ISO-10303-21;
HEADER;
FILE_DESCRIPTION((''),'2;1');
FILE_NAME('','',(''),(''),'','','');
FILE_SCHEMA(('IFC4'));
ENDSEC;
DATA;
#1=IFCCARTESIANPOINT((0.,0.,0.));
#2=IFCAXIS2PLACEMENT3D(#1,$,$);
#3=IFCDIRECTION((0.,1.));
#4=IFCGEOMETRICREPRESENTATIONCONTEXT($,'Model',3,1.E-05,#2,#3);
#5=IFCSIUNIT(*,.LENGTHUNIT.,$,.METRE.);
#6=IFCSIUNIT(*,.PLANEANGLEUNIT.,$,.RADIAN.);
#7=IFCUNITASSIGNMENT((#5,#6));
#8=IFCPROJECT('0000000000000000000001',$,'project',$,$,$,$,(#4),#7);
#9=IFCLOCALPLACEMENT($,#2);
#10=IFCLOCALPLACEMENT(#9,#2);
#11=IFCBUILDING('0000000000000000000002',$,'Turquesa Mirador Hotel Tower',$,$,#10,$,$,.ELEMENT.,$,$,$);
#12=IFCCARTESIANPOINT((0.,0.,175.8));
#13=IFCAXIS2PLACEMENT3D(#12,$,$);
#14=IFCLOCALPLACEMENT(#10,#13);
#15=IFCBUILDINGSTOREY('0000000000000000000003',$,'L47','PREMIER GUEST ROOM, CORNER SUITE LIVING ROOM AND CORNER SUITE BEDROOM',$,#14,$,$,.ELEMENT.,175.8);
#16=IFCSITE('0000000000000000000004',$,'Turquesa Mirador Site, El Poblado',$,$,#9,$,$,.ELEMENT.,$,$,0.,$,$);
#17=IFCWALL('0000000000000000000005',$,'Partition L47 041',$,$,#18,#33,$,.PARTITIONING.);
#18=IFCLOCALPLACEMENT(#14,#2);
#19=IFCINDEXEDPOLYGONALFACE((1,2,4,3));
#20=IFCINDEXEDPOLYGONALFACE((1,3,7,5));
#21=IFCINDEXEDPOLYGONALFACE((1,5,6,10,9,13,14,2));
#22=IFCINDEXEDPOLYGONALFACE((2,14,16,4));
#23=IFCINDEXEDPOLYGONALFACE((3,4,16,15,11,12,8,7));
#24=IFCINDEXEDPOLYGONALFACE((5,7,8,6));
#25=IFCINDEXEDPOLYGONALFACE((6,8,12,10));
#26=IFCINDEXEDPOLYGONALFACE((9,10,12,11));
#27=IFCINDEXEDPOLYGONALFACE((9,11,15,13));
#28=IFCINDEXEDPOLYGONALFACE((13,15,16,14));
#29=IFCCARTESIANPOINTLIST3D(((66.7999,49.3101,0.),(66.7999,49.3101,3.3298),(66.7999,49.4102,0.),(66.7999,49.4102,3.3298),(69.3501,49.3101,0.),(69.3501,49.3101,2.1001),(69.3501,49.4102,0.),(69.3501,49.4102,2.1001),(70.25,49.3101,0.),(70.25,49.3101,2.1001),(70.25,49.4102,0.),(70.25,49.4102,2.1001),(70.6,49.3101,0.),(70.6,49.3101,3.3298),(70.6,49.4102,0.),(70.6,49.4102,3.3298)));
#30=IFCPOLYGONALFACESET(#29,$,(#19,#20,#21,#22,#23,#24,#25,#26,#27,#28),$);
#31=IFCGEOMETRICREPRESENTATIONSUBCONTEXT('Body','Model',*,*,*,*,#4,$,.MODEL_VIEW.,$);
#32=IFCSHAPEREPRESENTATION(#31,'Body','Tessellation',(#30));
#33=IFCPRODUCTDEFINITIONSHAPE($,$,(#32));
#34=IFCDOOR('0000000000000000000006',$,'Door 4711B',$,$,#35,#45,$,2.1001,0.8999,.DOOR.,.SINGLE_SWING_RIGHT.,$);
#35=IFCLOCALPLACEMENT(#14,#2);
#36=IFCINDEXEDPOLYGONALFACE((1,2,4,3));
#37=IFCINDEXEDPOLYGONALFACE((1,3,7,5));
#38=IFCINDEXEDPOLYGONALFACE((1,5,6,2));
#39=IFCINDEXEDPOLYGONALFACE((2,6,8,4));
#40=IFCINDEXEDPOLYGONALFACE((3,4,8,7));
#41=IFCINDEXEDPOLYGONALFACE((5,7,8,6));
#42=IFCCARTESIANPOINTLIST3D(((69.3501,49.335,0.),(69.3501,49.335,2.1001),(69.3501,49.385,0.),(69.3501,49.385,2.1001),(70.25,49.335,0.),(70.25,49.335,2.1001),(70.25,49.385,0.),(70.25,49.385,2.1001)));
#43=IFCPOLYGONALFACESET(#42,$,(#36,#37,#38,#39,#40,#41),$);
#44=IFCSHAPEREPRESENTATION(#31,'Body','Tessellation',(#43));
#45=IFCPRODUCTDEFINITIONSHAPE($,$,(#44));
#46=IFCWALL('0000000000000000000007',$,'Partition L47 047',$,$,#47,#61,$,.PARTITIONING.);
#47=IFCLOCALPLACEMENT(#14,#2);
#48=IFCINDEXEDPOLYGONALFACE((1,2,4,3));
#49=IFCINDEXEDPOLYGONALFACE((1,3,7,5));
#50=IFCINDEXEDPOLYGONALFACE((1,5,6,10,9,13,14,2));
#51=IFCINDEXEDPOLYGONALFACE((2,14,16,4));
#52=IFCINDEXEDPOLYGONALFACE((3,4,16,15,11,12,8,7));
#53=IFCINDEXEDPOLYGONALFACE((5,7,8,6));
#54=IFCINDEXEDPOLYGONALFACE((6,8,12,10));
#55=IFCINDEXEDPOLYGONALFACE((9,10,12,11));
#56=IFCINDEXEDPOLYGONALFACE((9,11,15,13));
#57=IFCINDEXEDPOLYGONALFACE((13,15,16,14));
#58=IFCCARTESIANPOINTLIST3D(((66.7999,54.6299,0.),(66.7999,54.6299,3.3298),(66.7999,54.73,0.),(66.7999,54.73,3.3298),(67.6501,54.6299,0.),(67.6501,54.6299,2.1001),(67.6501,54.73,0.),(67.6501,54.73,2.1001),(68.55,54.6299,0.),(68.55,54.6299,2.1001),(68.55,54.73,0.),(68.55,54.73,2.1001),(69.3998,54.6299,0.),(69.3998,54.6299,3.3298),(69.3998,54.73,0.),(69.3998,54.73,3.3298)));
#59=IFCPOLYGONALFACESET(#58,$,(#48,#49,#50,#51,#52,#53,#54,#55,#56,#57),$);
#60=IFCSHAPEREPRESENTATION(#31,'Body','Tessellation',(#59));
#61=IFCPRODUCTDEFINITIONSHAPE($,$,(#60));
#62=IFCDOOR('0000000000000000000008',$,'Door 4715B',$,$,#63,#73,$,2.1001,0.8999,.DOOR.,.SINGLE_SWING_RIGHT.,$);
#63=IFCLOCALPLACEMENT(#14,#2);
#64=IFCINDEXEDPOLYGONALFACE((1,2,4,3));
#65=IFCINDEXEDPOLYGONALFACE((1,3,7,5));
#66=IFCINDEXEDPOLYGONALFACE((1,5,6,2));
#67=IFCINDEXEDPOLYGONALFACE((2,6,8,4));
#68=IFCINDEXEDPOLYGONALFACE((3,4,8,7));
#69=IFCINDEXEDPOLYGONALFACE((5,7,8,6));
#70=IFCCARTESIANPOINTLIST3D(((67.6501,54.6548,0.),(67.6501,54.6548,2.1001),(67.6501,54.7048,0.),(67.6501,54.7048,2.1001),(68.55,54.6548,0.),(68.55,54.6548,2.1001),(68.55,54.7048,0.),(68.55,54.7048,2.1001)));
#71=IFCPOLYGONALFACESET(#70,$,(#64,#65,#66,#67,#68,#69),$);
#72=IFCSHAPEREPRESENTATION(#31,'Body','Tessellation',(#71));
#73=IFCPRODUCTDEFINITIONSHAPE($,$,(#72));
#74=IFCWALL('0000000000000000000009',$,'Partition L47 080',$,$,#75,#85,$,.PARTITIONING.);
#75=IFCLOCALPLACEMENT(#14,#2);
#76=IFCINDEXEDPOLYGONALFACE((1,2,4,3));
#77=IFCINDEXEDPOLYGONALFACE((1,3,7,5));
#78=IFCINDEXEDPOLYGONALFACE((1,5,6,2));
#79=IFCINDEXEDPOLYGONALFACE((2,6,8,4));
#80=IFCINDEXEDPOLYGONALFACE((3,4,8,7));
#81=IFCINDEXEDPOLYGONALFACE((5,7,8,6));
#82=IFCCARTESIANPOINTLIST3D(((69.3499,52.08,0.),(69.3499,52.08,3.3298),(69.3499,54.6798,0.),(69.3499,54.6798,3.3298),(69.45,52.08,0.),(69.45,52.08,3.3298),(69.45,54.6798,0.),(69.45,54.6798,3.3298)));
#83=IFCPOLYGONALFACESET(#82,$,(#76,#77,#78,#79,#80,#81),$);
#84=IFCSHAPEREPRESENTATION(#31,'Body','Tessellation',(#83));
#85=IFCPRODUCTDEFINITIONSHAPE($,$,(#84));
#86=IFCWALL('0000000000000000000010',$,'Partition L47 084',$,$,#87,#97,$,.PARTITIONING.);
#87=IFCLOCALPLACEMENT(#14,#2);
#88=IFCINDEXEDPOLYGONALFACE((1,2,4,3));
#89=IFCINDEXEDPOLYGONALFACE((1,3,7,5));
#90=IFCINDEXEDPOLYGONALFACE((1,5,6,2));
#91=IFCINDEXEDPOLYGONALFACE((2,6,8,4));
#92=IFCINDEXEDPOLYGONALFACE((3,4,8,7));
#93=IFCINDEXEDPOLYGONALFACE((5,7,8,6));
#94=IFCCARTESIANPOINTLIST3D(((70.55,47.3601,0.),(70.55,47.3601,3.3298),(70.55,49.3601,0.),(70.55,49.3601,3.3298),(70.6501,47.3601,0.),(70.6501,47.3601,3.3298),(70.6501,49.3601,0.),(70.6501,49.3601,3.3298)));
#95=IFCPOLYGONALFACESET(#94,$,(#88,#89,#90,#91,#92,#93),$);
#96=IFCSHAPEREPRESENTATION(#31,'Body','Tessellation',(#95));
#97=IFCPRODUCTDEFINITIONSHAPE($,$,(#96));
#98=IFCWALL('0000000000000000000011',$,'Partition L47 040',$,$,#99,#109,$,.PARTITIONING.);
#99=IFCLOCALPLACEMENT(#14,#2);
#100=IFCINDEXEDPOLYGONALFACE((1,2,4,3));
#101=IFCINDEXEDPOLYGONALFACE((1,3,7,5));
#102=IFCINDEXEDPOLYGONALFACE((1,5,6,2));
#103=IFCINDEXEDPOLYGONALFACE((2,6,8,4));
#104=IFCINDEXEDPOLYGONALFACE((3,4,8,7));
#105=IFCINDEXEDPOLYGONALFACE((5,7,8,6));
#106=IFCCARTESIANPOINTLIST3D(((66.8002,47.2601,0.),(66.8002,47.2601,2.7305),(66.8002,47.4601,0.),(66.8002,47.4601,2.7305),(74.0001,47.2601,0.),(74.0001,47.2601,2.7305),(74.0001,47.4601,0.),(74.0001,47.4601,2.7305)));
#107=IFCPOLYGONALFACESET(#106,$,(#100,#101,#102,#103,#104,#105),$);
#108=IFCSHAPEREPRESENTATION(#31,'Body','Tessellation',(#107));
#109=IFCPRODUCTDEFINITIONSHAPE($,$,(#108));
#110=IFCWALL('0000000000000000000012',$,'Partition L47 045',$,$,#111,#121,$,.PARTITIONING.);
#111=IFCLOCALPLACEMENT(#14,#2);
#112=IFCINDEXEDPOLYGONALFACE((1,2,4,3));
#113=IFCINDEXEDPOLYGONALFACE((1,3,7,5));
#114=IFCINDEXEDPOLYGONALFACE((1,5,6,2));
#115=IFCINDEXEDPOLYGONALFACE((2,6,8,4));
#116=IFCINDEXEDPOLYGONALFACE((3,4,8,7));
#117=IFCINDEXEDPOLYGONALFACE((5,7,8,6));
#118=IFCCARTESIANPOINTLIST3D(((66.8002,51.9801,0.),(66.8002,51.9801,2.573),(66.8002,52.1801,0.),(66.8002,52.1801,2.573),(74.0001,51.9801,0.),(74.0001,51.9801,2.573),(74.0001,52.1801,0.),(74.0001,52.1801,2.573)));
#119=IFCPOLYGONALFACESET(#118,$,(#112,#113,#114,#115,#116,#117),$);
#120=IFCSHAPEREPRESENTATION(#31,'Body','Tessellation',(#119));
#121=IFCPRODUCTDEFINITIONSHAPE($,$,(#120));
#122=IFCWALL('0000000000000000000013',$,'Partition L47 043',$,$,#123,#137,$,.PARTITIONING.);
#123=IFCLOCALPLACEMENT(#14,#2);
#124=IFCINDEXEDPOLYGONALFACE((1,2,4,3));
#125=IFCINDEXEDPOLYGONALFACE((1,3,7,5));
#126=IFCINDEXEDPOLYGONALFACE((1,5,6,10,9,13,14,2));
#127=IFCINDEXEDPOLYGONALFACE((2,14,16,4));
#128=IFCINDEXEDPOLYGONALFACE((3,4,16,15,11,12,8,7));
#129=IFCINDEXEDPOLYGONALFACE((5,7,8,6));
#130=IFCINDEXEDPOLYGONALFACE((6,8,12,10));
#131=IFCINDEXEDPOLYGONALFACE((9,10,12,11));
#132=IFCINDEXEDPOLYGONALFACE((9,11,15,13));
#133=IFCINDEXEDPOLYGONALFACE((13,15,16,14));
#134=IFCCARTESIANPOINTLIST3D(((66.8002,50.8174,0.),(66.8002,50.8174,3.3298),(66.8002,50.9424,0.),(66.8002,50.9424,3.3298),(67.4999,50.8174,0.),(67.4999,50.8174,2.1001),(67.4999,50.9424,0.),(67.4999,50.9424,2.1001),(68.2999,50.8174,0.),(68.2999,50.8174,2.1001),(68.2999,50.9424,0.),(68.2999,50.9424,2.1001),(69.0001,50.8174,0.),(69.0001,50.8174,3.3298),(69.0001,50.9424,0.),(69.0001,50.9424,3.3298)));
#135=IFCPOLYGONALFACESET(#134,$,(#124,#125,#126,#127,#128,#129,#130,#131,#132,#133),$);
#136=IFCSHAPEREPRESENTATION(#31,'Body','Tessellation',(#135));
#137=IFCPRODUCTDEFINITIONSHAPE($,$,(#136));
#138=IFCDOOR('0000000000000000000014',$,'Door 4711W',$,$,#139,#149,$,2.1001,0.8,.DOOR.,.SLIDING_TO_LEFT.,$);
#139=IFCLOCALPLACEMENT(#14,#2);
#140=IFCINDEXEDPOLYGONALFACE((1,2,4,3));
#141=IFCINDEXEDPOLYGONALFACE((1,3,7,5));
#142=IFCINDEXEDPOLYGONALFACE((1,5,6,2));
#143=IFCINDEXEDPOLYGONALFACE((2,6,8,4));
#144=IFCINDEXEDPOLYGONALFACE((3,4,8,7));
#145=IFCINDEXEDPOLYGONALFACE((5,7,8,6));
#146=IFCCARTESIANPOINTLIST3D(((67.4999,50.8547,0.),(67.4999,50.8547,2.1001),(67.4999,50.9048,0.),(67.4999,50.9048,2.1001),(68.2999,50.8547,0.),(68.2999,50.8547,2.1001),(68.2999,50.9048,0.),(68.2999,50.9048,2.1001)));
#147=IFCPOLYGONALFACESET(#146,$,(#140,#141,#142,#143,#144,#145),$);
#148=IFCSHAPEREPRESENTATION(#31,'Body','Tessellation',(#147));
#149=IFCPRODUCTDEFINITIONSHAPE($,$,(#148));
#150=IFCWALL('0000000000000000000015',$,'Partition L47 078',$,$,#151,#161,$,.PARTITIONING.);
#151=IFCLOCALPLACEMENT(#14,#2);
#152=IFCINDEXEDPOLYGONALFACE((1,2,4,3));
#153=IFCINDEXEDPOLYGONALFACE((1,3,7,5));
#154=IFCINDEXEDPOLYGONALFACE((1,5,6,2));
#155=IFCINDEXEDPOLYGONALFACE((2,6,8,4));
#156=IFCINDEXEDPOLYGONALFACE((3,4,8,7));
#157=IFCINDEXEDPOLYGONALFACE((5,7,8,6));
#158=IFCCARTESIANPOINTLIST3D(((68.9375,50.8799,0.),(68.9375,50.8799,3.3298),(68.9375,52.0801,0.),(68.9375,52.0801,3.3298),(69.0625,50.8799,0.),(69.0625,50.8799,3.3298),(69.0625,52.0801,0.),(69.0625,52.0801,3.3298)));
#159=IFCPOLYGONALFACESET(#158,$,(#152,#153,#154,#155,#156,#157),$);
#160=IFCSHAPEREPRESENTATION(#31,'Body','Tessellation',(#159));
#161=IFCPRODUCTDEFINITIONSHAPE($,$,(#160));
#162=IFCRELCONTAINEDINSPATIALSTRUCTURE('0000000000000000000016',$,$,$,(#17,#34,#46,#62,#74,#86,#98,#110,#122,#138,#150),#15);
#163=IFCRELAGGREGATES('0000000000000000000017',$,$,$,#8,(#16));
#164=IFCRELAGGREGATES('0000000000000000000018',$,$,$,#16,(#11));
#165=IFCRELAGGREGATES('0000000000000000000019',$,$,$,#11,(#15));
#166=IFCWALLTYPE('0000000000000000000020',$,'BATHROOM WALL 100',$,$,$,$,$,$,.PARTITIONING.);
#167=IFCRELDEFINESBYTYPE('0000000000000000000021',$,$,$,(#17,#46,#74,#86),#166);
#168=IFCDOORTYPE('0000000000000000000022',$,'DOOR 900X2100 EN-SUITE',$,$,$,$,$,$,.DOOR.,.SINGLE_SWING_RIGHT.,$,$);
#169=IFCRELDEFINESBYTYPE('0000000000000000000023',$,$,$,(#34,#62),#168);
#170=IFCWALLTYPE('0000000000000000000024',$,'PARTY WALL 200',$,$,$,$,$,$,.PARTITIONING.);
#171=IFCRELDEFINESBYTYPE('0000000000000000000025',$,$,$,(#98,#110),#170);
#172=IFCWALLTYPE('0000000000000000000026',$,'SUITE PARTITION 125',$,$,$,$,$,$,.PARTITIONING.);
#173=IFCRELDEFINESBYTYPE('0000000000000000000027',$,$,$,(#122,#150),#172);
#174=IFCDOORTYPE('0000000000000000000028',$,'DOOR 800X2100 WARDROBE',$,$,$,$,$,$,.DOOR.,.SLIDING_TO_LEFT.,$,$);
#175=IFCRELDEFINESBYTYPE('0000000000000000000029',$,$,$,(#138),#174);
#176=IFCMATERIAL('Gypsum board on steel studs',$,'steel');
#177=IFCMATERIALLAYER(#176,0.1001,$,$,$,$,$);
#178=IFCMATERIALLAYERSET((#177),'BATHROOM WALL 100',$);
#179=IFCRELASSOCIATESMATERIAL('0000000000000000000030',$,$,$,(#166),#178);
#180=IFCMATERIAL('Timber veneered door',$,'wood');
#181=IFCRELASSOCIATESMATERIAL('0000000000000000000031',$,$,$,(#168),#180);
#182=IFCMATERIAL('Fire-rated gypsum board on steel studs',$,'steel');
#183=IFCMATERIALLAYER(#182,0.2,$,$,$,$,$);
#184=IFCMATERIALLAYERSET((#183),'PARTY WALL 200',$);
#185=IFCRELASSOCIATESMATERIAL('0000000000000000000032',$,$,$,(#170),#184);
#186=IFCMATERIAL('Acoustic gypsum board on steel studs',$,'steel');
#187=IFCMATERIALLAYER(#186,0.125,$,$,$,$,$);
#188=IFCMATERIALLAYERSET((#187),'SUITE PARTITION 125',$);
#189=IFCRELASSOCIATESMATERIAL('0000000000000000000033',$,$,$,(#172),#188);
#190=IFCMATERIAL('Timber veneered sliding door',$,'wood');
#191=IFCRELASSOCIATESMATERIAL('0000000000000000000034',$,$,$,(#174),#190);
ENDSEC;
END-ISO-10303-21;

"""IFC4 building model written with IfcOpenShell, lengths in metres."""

from ifc_helpers import new_model, si_unit, direction, frame, frame_2d, origin, place, context, subcontext, project, spatial, rectangle, extrude, material, layer, layer_set, type_object, element, fill, save


model = new_model("IFC4")

# Units and contexts
model_context = context("Model", 3, precision=1e-05, world=origin(), true_north=direction((0.0, 1.0)))
body_context = subcontext(model_context, "Body", "Model", "MODEL_VIEW")
ifc_project = project(units=[si_unit("LENGTHUNIT", "METRE"), si_unit("PLANEANGLEUNIT", "RADIAN")], contexts=[model_context])

# Site, building, storey
site_placement = place(None, origin())
site = spatial("IfcSite", under=ifc_project, at=site_placement, Name="Turquesa Mirador Site, El Poblado", CompositionType="ELEMENT", RefElevation=0.0)
building_placement = place(site_placement, origin())
building = spatial("IfcBuilding", under=site, at=building_placement, Name="Turquesa Mirador Hotel Tower", CompositionType="ELEMENT")
storey_placement = place(building_placement, frame((0.0, 0.0, 175.8)))
storey = spatial("IfcBuildingStorey", under=building, at=storey_placement, Name="L47", Description="PREMIER GUEST ROOM, CORNER SUITE LIVING ROOM AND CORNER SUITE BEDROOM", CompositionType="ELEMENT", Elevation=175.8)

# Walls, openings, doors
ifc_material_1 = material(Name="Gypsum board on steel studs", Category="steel")
ifc_layer_1 = layer(ifc_material_1, 0.1001)
ifc_layer_set_1 = layer_set([ifc_layer_1], Name="BATHROOM WALL 100")
wall_type_1 = type_object("IfcWallType", Name="BATHROOM WALL 100", PredefinedType="PARTITIONING", material=ifc_layer_set_1)
wall_1_placement = place(storey_placement, frame((66.8, 49.3601, 0.0), z_axis=(0.0, 0.0, 1.0), x_axis=(1.0, 0.0, 0.0)))
wall_1 = element("IfcWall", 1, at=wall_1_placement, inside=storey, type_object=wall_type_1, Name="Partition L47 041", PredefinedType="PARTITIONING", context=body_context, shape_type="SweptSolid", body=[
    extrude(rectangle(XDim=3.8, YDim=0.1001, at=frame_2d((1.8999, 0.0))), origin(), (0.0, 0.0, 1.0), 3.3298),
])
opening_1_placement = place(wall_1_placement, frame((2.55, 0.0, 0.0)))
opening_1 = element("IfcOpeningElement", 2, at=opening_1_placement, cuts=wall_1, PredefinedType="OPENING", context=body_context, shape_type="SweptSolid", body=[
    extrude(rectangle(XDim=0.8999, YDim=2.1001, at=frame_2d((0.45, 1.05))), frame((0.0, 0.0601, 0.0), z_axis=(0.0, -1.0, 0.0), x_axis=(1.0, 0.0, 0.0)), (0.0, 0.0, 1.0), 0.1201),
])
ifc_material_2 = material(Name="Timber veneered door", Category="wood")
door_type_1 = type_object("IfcDoorType", Name="DOOR 900X2100 EN-SUITE", OperationType="SINGLE_SWING_RIGHT", PredefinedType="DOOR", material=ifc_material_2)
door_1_placement = place(opening_1_placement, origin())
door_1 = element("IfcDoor", 3, at=door_1_placement, inside=storey, type_object=door_type_1, Name="Door 4711B", OperationType="SINGLE_SWING_RIGHT", OverallHeight=2.1001, OverallWidth=0.8999, PredefinedType="DOOR", context=body_context, shape_type="SweptSolid", body=[
    extrude(rectangle(XDim=0.8999, YDim=2.1001, at=frame_2d((0.45, 1.05))), frame((0.0, 0.0249, 0.0), z_axis=(0.0, -1.0, 0.0), x_axis=(1.0, 0.0, 0.0)), (0.0, 0.0, 1.0), 0.05),
])
fill(opening_1, door_1)
wall_2_placement = place(storey_placement, frame((66.8, 54.6799, 0.0), z_axis=(0.0, 0.0, 1.0), x_axis=(1.0, 0.0, 0.0)))
wall_2 = element("IfcWall", 4, at=wall_2_placement, inside=storey, type_object=wall_type_1, Name="Partition L47 047", PredefinedType="PARTITIONING", context=body_context, shape_type="SweptSolid", body=[
    extrude(rectangle(XDim=2.5999, YDim=0.1001, at=frame_2d((1.2998, 0.0))), origin(), (0.0, 0.0, 1.0), 3.3298),
])
opening_2_placement = place(wall_2_placement, frame((0.8501, 0.0, 0.0)))
opening_2 = element("IfcOpeningElement", 5, at=opening_2_placement, cuts=wall_2, PredefinedType="OPENING", context=body_context, shape_type="SweptSolid", body=[
    extrude(rectangle(XDim=0.8999, YDim=2.1001, at=frame_2d((0.45, 1.05))), frame((0.0, 0.0601, 0.0), z_axis=(0.0, -1.0, 0.0), x_axis=(1.0, 0.0, 0.0)), (0.0, 0.0, 1.0), 0.1201),
])
door_2_placement = place(opening_2_placement, origin())
door_2 = element("IfcDoor", 6, at=door_2_placement, inside=storey, type_object=door_type_1, Name="Door 4715B", OperationType="SINGLE_SWING_RIGHT", OverallHeight=2.1001, OverallWidth=0.8999, PredefinedType="DOOR", context=body_context, shape_type="SweptSolid", body=[
    extrude(rectangle(XDim=0.8999, YDim=2.1001, at=frame_2d((0.45, 1.05))), frame((0.0, 0.0249, 0.0), z_axis=(0.0, -1.0, 0.0), x_axis=(1.0, 0.0, 0.0)), (0.0, 0.0, 1.0), 0.05),
])
fill(opening_2, door_2)

# Walls
wall_3_placement = place(storey_placement, frame((69.3999, 52.0801, 0.0), z_axis=(0.0, 0.0, 1.0), x_axis=(0.0, 1.0, 0.0)))
element("IfcWall", 7, at=wall_3_placement, inside=storey, type_object=wall_type_1, Name="Partition L47 080", PredefinedType="PARTITIONING", context=body_context, shape_type="SweptSolid", body=[
    extrude(rectangle(XDim=2.5999, YDim=0.1001, at=frame_2d((1.2998, 0.0))), origin(), (0.0, 0.0, 1.0), 3.3298),
])
wall_4_placement = place(storey_placement, frame((70.6001, 47.3601, 0.0), z_axis=(0.0, 0.0, 1.0), x_axis=(0.0, 1.0, 0.0)))
element("IfcWall", 8, at=wall_4_placement, inside=storey, type_object=wall_type_1, Name="Partition L47 084", PredefinedType="PARTITIONING", context=body_context, shape_type="SweptSolid", body=[
    extrude(rectangle(XDim=2.0, YDim=0.1001, at=frame_2d((1.0, 0.0))), origin(), (0.0, 0.0, 1.0), 3.3298),
])
ifc_material_3 = material(Name="Fire-rated gypsum board on steel studs", Category="steel")
ifc_layer_2 = layer(ifc_material_3, 0.2)
ifc_layer_set_2 = layer_set([ifc_layer_2], Name="PARTY WALL 200")
wall_type_2 = type_object("IfcWallType", Name="PARTY WALL 200", PredefinedType="PARTITIONING", material=ifc_layer_set_2)
wall_5_placement = place(storey_placement, frame((66.8, 47.3601, 0.0), z_axis=(0.0, 0.0, 1.0), x_axis=(1.0, 0.0, 0.0)))
element("IfcWall", 9, at=wall_5_placement, inside=storey, type_object=wall_type_2, Name="Partition L47 040", PredefinedType="PARTITIONING", context=body_context, shape_type="SweptSolid", body=[
    extrude(rectangle(XDim=7.2, YDim=0.2, at=frame_2d((3.6001, 0.0))), origin(), (0.0, 0.0, 1.0), 2.7305),
])
wall_6_placement = place(storey_placement, frame((66.8, 52.0801, 0.0), z_axis=(0.0, 0.0, 1.0), x_axis=(1.0, 0.0, 0.0)))
element("IfcWall", 10, at=wall_6_placement, inside=storey, type_object=wall_type_2, Name="Partition L47 045", PredefinedType="PARTITIONING", context=body_context, shape_type="SweptSolid", body=[
    extrude(rectangle(XDim=7.2, YDim=0.2, at=frame_2d((3.6001, 0.0))), origin(), (0.0, 0.0, 1.0), 2.573),
])

# Wall, opening, door
ifc_material_4 = material(Name="Acoustic gypsum board on steel studs", Category="steel")
ifc_layer_3 = layer(ifc_material_4, 0.125)
ifc_layer_set_3 = layer_set([ifc_layer_3], Name="SUITE PARTITION 125")
wall_type_3 = type_object("IfcWallType", Name="SUITE PARTITION 125", PredefinedType="PARTITIONING", material=ifc_layer_set_3)
wall_7_placement = place(storey_placement, frame((66.8, 50.8799, 0.0), z_axis=(0.0, 0.0, 1.0), x_axis=(1.0, 0.0, 0.0)))
wall_7 = element("IfcWall", 11, at=wall_7_placement, inside=storey, type_object=wall_type_3, Name="Partition L47 043", PredefinedType="PARTITIONING", context=body_context, shape_type="SweptSolid", body=[
    extrude(rectangle(XDim=2.2, YDim=0.125, at=frame_2d((1.1001, 0.0))), origin(), (0.0, 0.0, 1.0), 3.3298),
])
opening_3_placement = place(wall_7_placement, frame((0.7, 0.0, 0.0)))
opening_3 = element("IfcOpeningElement", 12, at=opening_3_placement, cuts=wall_7, PredefinedType="OPENING", context=body_context, shape_type="SweptSolid", body=[
    extrude(rectangle(XDim=0.8, YDim=2.1001, at=frame_2d((0.3999, 1.05))), frame((0.0, 0.0725, 0.0), z_axis=(0.0, -1.0, 0.0), x_axis=(1.0, 0.0, 0.0)), (0.0, 0.0, 1.0), 0.145),
])
ifc_material_5 = material(Name="Timber veneered sliding door", Category="wood")
door_type_2 = type_object("IfcDoorType", Name="DOOR 800X2100 WARDROBE", OperationType="SLIDING_TO_LEFT", PredefinedType="DOOR", material=ifc_material_5)
door_3_placement = place(opening_3_placement, origin())
door_3 = element("IfcDoor", 13, at=door_3_placement, inside=storey, type_object=door_type_2, Name="Door 4711W", OperationType="SLIDING_TO_LEFT", OverallHeight=2.1001, OverallWidth=0.8, PredefinedType="DOOR", context=body_context, shape_type="SweptSolid", body=[
    extrude(rectangle(XDim=0.8, YDim=2.1001, at=frame_2d((0.3999, 1.05))), frame((0.0, 0.0249, 0.0), z_axis=(0.0, -1.0, 0.0), x_axis=(1.0, 0.0, 0.0)), (0.0, 0.0, 1.0), 0.05),
])
fill(opening_3, door_3)

# Wall
wall_8_placement = place(storey_placement, frame((69.0, 50.8799, 0.0), z_axis=(0.0, 0.0, 1.0), x_axis=(0.0, 1.0, 0.0)))
element("IfcWall", 14, at=wall_8_placement, inside=storey, type_object=wall_type_3, Name="Partition L47 078", PredefinedType="PARTITIONING", context=body_context, shape_type="SweptSolid", body=[
    extrude(rectangle(XDim=1.2002, YDim=0.125, at=frame_2d((0.6001, 0.0))), origin(), (0.0, 0.0, 1.0), 3.3298),
])

save(model, "model.ifc")
